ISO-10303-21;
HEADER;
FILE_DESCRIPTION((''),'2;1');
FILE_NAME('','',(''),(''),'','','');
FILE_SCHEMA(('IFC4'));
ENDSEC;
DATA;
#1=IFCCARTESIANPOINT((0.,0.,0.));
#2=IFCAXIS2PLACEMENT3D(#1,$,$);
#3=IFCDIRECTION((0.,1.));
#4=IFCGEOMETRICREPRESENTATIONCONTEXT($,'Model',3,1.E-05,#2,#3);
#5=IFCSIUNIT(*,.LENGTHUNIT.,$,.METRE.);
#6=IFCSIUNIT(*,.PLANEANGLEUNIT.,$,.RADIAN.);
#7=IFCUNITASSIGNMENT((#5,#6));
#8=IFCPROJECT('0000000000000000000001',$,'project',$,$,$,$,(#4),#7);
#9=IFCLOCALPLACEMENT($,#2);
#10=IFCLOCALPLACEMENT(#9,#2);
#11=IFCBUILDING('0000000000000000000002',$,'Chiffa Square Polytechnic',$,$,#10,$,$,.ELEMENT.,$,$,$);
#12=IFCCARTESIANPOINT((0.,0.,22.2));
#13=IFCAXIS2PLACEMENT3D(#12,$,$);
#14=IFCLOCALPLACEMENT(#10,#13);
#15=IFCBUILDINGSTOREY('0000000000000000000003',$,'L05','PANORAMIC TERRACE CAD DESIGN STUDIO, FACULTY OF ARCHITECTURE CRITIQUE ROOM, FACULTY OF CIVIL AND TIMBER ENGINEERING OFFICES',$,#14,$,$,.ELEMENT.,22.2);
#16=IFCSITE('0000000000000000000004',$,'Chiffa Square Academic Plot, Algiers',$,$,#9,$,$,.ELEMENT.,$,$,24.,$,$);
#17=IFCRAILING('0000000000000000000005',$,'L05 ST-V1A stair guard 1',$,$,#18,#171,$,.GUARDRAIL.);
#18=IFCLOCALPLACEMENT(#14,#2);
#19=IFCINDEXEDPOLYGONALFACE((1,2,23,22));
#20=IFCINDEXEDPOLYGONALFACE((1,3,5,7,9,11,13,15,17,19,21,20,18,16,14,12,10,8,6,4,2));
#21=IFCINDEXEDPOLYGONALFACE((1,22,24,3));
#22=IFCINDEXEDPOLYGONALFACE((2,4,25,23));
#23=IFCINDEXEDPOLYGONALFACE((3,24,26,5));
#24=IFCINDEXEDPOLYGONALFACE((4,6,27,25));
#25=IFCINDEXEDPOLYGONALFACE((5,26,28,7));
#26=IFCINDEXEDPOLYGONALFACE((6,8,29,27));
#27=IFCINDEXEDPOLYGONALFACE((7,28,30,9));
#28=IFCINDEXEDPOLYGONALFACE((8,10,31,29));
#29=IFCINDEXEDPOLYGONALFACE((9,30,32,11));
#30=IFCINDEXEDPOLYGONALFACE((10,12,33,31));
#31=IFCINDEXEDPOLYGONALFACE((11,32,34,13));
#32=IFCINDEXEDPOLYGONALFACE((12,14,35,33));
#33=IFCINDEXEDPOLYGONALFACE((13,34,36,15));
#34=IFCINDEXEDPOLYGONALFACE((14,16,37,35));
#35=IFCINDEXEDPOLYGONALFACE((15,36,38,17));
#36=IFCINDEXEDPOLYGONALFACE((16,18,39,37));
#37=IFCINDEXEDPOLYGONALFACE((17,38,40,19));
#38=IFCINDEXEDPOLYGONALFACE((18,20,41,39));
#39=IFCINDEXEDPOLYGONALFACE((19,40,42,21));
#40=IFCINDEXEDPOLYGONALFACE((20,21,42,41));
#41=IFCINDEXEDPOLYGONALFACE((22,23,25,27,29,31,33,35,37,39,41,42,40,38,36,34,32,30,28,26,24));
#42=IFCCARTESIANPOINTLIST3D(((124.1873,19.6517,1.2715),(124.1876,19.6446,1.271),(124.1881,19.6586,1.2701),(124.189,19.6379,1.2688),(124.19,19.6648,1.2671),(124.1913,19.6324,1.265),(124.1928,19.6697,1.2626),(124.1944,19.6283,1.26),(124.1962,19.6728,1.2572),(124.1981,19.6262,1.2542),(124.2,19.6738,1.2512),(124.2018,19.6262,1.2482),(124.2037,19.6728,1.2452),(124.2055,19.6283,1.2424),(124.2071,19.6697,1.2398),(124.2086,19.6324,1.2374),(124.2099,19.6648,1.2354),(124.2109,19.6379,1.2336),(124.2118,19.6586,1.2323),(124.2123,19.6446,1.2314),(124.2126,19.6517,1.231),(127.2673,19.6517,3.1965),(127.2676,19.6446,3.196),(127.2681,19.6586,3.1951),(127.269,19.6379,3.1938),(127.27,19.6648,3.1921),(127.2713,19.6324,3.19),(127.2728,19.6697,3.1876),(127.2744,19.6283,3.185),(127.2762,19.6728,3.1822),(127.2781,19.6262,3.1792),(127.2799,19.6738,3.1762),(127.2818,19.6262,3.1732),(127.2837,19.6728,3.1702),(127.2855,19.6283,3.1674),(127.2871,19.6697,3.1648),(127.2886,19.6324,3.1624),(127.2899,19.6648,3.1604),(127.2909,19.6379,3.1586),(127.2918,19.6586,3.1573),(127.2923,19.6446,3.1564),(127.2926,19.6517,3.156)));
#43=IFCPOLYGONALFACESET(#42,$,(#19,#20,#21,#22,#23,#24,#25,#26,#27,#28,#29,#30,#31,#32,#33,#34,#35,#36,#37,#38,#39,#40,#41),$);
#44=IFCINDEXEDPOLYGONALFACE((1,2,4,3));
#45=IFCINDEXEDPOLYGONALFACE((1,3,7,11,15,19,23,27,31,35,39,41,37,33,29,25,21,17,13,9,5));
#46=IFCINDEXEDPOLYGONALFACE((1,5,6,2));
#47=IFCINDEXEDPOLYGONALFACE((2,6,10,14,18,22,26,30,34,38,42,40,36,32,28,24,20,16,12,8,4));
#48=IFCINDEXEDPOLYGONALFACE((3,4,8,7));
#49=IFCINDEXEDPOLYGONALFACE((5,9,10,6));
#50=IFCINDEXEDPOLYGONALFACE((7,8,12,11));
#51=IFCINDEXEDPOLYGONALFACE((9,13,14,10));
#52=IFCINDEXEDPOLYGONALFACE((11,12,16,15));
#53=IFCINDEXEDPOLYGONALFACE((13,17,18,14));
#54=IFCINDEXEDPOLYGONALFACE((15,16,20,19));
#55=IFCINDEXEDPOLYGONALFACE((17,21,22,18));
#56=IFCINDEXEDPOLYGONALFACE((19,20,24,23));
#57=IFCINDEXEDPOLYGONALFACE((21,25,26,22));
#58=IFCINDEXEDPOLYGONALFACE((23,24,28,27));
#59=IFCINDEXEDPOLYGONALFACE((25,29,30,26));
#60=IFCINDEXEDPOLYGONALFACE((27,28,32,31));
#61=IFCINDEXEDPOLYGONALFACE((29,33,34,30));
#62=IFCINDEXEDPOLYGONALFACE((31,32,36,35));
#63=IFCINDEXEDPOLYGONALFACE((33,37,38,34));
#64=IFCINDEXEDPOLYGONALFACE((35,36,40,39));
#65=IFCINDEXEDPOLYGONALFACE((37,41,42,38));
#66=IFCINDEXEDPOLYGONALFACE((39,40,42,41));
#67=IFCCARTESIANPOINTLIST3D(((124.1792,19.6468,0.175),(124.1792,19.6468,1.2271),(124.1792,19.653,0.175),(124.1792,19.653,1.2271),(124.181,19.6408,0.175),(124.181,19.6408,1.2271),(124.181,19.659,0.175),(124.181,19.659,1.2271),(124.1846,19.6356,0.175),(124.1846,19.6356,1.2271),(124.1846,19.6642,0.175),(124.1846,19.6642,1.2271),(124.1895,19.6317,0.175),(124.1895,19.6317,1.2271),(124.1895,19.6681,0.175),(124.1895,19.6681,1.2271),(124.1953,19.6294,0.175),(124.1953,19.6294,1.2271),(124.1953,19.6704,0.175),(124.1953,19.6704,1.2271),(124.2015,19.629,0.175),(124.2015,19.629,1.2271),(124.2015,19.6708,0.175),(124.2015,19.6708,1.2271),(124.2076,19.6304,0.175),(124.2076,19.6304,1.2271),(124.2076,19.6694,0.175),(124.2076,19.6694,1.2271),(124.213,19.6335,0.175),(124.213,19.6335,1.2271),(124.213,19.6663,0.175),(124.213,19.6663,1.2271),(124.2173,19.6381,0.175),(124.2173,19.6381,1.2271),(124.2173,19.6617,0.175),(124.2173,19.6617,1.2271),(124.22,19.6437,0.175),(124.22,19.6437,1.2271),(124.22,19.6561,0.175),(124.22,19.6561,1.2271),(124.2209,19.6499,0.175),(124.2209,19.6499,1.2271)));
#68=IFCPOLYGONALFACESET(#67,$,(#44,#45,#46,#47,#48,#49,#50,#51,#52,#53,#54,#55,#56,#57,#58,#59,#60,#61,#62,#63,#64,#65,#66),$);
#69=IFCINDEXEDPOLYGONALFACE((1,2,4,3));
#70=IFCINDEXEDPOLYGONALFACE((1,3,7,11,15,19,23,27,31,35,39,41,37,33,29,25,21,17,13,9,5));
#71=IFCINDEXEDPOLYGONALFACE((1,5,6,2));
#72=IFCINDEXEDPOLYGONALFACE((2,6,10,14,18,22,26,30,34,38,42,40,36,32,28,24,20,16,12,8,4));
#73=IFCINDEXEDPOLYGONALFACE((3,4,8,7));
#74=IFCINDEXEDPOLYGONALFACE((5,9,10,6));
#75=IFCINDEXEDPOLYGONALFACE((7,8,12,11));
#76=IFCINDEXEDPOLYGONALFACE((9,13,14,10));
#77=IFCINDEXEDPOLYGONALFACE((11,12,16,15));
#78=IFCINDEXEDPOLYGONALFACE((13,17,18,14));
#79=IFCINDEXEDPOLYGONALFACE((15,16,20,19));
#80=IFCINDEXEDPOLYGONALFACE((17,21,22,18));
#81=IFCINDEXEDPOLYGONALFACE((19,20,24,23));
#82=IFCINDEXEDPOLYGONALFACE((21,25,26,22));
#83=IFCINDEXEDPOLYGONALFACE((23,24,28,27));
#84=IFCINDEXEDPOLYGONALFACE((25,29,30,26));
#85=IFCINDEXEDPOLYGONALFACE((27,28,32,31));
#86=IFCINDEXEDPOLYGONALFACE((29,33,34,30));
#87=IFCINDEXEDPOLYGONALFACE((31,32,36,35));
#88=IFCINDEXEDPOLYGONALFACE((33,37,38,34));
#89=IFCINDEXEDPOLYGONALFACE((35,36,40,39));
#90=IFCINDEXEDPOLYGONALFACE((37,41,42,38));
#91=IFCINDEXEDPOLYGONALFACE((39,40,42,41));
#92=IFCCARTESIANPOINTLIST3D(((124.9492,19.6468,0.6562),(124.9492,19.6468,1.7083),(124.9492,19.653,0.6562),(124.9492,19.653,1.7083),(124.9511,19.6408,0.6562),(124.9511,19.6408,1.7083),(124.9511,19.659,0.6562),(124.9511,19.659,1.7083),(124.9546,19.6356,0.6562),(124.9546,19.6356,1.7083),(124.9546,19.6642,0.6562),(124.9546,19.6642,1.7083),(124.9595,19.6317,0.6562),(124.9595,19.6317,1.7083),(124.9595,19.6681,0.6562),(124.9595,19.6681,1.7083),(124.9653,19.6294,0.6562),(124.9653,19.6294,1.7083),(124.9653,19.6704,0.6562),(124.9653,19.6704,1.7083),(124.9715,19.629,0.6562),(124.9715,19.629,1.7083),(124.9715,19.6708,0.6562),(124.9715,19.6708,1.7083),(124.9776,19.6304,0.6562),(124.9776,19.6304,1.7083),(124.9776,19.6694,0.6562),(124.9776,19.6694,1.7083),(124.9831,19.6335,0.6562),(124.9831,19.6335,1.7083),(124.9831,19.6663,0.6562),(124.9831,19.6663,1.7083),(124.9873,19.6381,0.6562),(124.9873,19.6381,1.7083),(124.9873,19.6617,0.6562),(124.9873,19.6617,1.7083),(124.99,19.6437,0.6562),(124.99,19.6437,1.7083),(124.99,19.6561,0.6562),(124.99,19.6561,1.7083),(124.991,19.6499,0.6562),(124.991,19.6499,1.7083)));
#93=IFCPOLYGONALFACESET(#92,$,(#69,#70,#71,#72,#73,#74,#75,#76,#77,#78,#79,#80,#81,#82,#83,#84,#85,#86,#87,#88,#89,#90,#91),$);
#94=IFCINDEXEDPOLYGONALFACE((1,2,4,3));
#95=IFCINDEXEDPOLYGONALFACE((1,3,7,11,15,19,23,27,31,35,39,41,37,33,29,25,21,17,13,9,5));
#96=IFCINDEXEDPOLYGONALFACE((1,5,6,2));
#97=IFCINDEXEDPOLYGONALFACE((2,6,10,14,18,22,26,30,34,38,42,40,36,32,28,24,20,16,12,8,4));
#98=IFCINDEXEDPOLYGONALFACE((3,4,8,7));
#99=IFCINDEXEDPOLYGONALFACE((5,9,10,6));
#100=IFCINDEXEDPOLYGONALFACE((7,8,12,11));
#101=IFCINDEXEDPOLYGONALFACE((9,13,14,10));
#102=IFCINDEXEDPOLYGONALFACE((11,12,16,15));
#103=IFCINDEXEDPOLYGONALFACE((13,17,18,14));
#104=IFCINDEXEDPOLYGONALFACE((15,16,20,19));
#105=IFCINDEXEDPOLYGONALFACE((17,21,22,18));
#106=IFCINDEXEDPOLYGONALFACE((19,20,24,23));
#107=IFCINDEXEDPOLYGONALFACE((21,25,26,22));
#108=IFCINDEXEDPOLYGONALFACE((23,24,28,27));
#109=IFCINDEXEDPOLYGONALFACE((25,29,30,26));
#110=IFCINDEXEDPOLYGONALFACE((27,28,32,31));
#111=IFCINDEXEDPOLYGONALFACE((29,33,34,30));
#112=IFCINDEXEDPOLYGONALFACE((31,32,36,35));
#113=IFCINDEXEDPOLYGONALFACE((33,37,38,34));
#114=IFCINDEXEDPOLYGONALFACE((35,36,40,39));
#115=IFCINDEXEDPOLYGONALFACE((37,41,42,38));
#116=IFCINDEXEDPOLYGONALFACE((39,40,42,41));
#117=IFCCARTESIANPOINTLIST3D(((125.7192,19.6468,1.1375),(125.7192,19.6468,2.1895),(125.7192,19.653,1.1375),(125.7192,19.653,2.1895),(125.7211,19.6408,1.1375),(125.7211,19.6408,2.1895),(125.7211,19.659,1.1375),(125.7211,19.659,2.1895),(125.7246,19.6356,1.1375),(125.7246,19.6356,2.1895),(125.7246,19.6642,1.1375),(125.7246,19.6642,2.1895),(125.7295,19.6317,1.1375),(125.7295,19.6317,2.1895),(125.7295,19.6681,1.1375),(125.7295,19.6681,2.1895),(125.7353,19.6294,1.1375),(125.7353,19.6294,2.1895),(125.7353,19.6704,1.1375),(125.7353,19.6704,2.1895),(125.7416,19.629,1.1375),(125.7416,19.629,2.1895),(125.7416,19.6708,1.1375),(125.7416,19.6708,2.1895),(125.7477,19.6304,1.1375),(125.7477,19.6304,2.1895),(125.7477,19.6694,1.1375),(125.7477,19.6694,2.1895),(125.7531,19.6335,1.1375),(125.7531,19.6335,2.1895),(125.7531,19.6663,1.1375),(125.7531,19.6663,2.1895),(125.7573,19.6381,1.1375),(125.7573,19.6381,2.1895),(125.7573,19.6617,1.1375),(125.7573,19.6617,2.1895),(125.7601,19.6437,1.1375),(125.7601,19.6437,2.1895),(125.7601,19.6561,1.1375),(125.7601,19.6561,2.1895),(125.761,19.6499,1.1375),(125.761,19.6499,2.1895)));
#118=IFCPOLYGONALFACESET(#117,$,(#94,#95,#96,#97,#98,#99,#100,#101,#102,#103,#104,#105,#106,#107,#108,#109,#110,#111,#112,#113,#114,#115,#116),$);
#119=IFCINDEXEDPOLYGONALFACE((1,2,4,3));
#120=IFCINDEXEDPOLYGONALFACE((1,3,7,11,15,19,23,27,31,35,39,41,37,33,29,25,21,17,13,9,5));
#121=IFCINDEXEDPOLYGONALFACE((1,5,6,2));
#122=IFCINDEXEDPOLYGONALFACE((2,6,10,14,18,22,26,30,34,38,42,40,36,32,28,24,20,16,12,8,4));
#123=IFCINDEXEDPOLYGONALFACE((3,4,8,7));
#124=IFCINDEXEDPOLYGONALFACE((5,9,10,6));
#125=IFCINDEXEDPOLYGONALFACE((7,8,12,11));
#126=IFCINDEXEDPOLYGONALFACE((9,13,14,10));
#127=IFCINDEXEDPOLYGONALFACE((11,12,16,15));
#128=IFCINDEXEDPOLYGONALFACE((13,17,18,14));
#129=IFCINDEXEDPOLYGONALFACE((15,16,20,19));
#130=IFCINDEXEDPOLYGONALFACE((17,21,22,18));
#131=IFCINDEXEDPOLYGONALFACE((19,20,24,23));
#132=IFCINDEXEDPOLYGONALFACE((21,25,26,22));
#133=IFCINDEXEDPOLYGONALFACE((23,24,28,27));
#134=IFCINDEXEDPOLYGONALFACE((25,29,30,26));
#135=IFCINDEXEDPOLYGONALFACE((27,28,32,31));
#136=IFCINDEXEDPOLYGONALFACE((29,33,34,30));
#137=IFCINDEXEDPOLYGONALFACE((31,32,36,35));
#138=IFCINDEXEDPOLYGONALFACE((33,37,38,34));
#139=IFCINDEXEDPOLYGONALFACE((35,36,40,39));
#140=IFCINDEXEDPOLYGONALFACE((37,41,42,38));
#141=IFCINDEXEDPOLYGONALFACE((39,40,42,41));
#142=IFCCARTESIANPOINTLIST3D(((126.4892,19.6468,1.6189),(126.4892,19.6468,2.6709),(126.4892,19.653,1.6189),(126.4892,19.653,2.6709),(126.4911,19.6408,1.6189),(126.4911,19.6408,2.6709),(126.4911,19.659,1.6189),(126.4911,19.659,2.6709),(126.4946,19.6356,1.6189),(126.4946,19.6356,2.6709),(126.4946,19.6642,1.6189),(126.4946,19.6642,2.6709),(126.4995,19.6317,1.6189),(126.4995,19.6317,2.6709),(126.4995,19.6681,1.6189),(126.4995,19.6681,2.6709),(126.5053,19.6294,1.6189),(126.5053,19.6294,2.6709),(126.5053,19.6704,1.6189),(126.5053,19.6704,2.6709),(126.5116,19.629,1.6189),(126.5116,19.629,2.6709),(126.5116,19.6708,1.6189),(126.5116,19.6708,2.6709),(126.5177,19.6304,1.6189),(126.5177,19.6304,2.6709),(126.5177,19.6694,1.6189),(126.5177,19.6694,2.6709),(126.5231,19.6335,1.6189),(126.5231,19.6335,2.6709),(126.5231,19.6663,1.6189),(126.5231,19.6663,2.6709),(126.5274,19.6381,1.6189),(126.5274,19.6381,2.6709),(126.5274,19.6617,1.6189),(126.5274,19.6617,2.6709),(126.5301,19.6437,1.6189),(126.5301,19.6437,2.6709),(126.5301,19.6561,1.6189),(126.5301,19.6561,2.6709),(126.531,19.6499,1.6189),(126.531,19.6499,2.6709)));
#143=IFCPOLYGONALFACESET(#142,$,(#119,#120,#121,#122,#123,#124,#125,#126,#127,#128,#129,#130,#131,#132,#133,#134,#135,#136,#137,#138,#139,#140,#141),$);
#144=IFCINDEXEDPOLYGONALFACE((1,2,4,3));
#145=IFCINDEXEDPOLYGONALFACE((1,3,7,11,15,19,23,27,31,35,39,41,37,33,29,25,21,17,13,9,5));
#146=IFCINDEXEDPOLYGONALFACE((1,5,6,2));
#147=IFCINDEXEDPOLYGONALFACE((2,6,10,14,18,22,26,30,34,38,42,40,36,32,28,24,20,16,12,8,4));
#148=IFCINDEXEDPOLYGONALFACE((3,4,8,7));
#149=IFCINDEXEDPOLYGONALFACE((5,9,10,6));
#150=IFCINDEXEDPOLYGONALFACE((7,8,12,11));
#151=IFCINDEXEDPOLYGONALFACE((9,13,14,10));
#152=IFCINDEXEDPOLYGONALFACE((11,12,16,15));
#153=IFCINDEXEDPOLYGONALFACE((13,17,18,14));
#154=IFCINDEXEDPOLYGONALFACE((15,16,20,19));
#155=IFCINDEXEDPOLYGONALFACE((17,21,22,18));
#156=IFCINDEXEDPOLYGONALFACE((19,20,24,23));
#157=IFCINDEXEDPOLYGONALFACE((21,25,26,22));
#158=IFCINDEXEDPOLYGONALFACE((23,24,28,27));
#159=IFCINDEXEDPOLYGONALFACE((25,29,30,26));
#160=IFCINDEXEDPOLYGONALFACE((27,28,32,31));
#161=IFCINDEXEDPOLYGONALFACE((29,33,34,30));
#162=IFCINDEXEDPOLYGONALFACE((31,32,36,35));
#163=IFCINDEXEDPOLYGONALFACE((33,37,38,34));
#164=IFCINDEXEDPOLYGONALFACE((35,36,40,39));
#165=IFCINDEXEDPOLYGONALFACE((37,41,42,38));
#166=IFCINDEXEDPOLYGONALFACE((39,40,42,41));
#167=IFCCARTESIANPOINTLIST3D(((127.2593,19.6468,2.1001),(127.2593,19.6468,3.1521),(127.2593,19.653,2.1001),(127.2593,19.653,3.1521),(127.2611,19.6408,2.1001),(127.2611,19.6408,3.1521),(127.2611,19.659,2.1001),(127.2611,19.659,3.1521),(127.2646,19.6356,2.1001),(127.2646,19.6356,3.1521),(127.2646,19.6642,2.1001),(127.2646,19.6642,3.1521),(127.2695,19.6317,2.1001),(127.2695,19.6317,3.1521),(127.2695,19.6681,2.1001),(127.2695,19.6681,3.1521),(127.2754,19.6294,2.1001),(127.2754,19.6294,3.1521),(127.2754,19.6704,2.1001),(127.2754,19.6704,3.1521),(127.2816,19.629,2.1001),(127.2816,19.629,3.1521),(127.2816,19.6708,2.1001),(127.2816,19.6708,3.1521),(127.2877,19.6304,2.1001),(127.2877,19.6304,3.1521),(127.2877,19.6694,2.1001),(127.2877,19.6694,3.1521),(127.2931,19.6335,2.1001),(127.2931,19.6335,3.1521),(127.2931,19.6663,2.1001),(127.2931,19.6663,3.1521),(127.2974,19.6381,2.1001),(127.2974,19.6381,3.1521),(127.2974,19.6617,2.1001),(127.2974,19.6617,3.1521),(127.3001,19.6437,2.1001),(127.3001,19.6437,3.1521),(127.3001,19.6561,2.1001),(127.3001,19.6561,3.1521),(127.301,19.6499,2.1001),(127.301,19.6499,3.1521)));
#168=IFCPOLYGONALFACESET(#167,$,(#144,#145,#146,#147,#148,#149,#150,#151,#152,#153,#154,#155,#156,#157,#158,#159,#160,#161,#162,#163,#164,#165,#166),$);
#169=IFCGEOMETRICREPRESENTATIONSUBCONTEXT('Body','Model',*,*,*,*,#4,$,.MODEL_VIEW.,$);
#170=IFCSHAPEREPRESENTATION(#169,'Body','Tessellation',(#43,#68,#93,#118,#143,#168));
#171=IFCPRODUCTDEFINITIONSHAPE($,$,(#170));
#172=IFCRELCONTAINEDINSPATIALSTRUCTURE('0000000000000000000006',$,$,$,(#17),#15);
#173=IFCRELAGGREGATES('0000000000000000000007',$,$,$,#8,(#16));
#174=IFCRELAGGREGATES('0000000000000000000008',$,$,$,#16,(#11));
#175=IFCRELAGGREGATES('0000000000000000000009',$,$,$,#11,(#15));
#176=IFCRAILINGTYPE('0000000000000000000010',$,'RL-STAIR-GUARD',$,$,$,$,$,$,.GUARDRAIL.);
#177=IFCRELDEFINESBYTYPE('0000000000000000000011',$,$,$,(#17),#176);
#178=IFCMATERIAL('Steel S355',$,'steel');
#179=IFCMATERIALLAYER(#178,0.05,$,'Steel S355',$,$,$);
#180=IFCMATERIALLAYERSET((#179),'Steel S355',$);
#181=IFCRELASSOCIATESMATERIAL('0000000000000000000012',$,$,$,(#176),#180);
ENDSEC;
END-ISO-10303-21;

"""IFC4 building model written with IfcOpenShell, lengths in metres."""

from ifc_helpers import new_model, si_unit, direction, frame, origin, origin_2d, place, context, subcontext, project, spatial, circle, extrude, material, layer, layer_set, type_object, element, save


model = new_model("IFC4")

# Units and contexts
model_context = context("Model", 3, precision=1e-05, world=origin(), true_north=direction((0.0, 1.0)))
body_context = subcontext(model_context, "Body", "Model", "MODEL_VIEW")
ifc_project = project(units=[si_unit("LENGTHUNIT", "METRE"), si_unit("PLANEANGLEUNIT", "RADIAN")], contexts=[model_context])

# Site, building, storey
site_placement = place(None, origin())
site = spatial("IfcSite", under=ifc_project, at=site_placement, Name="Chiffa Square Academic Plot, Algiers", CompositionType="ELEMENT", RefElevation=24.0)
building_placement = place(site_placement, origin())
building = spatial("IfcBuilding", under=site, at=building_placement, Name="Chiffa Square Polytechnic", CompositionType="ELEMENT")
storey_placement = place(building_placement, frame((0.0, 0.0, 22.2)))
storey = spatial("IfcBuildingStorey", under=building, at=storey_placement, Name="L05", Description="PANORAMIC TERRACE CAD DESIGN STUDIO, FACULTY OF ARCHITECTURE CRITIQUE ROOM, FACULTY OF CIVIL AND TIMBER ENGINEERING OFFICES", CompositionType="ELEMENT", Elevation=22.2)

# Railing
ifc_material_1 = material(Name="Steel S355", Category="steel")
ifc_layer_1 = layer(ifc_material_1, 0.05, Name="Steel S355")
ifc_layer_set_1 = layer_set([ifc_layer_1], Name="Steel S355")
railing_type_1 = type_object("IfcRailingType", Name="RL-STAIR-GUARD", PredefinedType="GUARDRAIL", material=ifc_layer_set_1)
railing_1_placement = place(storey_placement, frame((124.2, 19.6499, 0.175)))
element("IfcRailing", 1, at=railing_1_placement, inside=storey, type_object=railing_type_1, Name="L05 ST-V1A stair guard 1", PredefinedType="GUARDRAIL", context=body_context, shape_type="SweptSolid", body=[
    extrude(circle(Radius=0.0239, at=origin_2d()), frame((0.0, 0.0, 1.0762), z_axis=(0.847998, 0.0, 0.529999), x_axis=(0.0, 1.0, 0.0)), (0.0, 0.0, 1.0), 3.6321),
    extrude(circle(Radius=0.021, at=origin_2d()), origin(), (0.0, 0.0, 1.0), 1.052),
    extrude(circle(Radius=0.021, at=origin_2d()), frame((0.77, 0.0, 0.4812)), (0.0, 0.0, 1.0), 1.052),
    extrude(circle(Radius=0.021, at=origin_2d()), frame((1.54, 0.0, 0.9624)), (0.0, 0.0, 1.0), 1.052),
    extrude(circle(Radius=0.021, at=origin_2d()), frame((2.3101, 0.0, 1.4438)), (0.0, 0.0, 1.0), 1.052),
    extrude(circle(Radius=0.021, at=origin_2d()), frame((3.0801, 0.0, 1.925)), (0.0, 0.0, 1.0), 1.052),
])

save(model, "model.ifc")
